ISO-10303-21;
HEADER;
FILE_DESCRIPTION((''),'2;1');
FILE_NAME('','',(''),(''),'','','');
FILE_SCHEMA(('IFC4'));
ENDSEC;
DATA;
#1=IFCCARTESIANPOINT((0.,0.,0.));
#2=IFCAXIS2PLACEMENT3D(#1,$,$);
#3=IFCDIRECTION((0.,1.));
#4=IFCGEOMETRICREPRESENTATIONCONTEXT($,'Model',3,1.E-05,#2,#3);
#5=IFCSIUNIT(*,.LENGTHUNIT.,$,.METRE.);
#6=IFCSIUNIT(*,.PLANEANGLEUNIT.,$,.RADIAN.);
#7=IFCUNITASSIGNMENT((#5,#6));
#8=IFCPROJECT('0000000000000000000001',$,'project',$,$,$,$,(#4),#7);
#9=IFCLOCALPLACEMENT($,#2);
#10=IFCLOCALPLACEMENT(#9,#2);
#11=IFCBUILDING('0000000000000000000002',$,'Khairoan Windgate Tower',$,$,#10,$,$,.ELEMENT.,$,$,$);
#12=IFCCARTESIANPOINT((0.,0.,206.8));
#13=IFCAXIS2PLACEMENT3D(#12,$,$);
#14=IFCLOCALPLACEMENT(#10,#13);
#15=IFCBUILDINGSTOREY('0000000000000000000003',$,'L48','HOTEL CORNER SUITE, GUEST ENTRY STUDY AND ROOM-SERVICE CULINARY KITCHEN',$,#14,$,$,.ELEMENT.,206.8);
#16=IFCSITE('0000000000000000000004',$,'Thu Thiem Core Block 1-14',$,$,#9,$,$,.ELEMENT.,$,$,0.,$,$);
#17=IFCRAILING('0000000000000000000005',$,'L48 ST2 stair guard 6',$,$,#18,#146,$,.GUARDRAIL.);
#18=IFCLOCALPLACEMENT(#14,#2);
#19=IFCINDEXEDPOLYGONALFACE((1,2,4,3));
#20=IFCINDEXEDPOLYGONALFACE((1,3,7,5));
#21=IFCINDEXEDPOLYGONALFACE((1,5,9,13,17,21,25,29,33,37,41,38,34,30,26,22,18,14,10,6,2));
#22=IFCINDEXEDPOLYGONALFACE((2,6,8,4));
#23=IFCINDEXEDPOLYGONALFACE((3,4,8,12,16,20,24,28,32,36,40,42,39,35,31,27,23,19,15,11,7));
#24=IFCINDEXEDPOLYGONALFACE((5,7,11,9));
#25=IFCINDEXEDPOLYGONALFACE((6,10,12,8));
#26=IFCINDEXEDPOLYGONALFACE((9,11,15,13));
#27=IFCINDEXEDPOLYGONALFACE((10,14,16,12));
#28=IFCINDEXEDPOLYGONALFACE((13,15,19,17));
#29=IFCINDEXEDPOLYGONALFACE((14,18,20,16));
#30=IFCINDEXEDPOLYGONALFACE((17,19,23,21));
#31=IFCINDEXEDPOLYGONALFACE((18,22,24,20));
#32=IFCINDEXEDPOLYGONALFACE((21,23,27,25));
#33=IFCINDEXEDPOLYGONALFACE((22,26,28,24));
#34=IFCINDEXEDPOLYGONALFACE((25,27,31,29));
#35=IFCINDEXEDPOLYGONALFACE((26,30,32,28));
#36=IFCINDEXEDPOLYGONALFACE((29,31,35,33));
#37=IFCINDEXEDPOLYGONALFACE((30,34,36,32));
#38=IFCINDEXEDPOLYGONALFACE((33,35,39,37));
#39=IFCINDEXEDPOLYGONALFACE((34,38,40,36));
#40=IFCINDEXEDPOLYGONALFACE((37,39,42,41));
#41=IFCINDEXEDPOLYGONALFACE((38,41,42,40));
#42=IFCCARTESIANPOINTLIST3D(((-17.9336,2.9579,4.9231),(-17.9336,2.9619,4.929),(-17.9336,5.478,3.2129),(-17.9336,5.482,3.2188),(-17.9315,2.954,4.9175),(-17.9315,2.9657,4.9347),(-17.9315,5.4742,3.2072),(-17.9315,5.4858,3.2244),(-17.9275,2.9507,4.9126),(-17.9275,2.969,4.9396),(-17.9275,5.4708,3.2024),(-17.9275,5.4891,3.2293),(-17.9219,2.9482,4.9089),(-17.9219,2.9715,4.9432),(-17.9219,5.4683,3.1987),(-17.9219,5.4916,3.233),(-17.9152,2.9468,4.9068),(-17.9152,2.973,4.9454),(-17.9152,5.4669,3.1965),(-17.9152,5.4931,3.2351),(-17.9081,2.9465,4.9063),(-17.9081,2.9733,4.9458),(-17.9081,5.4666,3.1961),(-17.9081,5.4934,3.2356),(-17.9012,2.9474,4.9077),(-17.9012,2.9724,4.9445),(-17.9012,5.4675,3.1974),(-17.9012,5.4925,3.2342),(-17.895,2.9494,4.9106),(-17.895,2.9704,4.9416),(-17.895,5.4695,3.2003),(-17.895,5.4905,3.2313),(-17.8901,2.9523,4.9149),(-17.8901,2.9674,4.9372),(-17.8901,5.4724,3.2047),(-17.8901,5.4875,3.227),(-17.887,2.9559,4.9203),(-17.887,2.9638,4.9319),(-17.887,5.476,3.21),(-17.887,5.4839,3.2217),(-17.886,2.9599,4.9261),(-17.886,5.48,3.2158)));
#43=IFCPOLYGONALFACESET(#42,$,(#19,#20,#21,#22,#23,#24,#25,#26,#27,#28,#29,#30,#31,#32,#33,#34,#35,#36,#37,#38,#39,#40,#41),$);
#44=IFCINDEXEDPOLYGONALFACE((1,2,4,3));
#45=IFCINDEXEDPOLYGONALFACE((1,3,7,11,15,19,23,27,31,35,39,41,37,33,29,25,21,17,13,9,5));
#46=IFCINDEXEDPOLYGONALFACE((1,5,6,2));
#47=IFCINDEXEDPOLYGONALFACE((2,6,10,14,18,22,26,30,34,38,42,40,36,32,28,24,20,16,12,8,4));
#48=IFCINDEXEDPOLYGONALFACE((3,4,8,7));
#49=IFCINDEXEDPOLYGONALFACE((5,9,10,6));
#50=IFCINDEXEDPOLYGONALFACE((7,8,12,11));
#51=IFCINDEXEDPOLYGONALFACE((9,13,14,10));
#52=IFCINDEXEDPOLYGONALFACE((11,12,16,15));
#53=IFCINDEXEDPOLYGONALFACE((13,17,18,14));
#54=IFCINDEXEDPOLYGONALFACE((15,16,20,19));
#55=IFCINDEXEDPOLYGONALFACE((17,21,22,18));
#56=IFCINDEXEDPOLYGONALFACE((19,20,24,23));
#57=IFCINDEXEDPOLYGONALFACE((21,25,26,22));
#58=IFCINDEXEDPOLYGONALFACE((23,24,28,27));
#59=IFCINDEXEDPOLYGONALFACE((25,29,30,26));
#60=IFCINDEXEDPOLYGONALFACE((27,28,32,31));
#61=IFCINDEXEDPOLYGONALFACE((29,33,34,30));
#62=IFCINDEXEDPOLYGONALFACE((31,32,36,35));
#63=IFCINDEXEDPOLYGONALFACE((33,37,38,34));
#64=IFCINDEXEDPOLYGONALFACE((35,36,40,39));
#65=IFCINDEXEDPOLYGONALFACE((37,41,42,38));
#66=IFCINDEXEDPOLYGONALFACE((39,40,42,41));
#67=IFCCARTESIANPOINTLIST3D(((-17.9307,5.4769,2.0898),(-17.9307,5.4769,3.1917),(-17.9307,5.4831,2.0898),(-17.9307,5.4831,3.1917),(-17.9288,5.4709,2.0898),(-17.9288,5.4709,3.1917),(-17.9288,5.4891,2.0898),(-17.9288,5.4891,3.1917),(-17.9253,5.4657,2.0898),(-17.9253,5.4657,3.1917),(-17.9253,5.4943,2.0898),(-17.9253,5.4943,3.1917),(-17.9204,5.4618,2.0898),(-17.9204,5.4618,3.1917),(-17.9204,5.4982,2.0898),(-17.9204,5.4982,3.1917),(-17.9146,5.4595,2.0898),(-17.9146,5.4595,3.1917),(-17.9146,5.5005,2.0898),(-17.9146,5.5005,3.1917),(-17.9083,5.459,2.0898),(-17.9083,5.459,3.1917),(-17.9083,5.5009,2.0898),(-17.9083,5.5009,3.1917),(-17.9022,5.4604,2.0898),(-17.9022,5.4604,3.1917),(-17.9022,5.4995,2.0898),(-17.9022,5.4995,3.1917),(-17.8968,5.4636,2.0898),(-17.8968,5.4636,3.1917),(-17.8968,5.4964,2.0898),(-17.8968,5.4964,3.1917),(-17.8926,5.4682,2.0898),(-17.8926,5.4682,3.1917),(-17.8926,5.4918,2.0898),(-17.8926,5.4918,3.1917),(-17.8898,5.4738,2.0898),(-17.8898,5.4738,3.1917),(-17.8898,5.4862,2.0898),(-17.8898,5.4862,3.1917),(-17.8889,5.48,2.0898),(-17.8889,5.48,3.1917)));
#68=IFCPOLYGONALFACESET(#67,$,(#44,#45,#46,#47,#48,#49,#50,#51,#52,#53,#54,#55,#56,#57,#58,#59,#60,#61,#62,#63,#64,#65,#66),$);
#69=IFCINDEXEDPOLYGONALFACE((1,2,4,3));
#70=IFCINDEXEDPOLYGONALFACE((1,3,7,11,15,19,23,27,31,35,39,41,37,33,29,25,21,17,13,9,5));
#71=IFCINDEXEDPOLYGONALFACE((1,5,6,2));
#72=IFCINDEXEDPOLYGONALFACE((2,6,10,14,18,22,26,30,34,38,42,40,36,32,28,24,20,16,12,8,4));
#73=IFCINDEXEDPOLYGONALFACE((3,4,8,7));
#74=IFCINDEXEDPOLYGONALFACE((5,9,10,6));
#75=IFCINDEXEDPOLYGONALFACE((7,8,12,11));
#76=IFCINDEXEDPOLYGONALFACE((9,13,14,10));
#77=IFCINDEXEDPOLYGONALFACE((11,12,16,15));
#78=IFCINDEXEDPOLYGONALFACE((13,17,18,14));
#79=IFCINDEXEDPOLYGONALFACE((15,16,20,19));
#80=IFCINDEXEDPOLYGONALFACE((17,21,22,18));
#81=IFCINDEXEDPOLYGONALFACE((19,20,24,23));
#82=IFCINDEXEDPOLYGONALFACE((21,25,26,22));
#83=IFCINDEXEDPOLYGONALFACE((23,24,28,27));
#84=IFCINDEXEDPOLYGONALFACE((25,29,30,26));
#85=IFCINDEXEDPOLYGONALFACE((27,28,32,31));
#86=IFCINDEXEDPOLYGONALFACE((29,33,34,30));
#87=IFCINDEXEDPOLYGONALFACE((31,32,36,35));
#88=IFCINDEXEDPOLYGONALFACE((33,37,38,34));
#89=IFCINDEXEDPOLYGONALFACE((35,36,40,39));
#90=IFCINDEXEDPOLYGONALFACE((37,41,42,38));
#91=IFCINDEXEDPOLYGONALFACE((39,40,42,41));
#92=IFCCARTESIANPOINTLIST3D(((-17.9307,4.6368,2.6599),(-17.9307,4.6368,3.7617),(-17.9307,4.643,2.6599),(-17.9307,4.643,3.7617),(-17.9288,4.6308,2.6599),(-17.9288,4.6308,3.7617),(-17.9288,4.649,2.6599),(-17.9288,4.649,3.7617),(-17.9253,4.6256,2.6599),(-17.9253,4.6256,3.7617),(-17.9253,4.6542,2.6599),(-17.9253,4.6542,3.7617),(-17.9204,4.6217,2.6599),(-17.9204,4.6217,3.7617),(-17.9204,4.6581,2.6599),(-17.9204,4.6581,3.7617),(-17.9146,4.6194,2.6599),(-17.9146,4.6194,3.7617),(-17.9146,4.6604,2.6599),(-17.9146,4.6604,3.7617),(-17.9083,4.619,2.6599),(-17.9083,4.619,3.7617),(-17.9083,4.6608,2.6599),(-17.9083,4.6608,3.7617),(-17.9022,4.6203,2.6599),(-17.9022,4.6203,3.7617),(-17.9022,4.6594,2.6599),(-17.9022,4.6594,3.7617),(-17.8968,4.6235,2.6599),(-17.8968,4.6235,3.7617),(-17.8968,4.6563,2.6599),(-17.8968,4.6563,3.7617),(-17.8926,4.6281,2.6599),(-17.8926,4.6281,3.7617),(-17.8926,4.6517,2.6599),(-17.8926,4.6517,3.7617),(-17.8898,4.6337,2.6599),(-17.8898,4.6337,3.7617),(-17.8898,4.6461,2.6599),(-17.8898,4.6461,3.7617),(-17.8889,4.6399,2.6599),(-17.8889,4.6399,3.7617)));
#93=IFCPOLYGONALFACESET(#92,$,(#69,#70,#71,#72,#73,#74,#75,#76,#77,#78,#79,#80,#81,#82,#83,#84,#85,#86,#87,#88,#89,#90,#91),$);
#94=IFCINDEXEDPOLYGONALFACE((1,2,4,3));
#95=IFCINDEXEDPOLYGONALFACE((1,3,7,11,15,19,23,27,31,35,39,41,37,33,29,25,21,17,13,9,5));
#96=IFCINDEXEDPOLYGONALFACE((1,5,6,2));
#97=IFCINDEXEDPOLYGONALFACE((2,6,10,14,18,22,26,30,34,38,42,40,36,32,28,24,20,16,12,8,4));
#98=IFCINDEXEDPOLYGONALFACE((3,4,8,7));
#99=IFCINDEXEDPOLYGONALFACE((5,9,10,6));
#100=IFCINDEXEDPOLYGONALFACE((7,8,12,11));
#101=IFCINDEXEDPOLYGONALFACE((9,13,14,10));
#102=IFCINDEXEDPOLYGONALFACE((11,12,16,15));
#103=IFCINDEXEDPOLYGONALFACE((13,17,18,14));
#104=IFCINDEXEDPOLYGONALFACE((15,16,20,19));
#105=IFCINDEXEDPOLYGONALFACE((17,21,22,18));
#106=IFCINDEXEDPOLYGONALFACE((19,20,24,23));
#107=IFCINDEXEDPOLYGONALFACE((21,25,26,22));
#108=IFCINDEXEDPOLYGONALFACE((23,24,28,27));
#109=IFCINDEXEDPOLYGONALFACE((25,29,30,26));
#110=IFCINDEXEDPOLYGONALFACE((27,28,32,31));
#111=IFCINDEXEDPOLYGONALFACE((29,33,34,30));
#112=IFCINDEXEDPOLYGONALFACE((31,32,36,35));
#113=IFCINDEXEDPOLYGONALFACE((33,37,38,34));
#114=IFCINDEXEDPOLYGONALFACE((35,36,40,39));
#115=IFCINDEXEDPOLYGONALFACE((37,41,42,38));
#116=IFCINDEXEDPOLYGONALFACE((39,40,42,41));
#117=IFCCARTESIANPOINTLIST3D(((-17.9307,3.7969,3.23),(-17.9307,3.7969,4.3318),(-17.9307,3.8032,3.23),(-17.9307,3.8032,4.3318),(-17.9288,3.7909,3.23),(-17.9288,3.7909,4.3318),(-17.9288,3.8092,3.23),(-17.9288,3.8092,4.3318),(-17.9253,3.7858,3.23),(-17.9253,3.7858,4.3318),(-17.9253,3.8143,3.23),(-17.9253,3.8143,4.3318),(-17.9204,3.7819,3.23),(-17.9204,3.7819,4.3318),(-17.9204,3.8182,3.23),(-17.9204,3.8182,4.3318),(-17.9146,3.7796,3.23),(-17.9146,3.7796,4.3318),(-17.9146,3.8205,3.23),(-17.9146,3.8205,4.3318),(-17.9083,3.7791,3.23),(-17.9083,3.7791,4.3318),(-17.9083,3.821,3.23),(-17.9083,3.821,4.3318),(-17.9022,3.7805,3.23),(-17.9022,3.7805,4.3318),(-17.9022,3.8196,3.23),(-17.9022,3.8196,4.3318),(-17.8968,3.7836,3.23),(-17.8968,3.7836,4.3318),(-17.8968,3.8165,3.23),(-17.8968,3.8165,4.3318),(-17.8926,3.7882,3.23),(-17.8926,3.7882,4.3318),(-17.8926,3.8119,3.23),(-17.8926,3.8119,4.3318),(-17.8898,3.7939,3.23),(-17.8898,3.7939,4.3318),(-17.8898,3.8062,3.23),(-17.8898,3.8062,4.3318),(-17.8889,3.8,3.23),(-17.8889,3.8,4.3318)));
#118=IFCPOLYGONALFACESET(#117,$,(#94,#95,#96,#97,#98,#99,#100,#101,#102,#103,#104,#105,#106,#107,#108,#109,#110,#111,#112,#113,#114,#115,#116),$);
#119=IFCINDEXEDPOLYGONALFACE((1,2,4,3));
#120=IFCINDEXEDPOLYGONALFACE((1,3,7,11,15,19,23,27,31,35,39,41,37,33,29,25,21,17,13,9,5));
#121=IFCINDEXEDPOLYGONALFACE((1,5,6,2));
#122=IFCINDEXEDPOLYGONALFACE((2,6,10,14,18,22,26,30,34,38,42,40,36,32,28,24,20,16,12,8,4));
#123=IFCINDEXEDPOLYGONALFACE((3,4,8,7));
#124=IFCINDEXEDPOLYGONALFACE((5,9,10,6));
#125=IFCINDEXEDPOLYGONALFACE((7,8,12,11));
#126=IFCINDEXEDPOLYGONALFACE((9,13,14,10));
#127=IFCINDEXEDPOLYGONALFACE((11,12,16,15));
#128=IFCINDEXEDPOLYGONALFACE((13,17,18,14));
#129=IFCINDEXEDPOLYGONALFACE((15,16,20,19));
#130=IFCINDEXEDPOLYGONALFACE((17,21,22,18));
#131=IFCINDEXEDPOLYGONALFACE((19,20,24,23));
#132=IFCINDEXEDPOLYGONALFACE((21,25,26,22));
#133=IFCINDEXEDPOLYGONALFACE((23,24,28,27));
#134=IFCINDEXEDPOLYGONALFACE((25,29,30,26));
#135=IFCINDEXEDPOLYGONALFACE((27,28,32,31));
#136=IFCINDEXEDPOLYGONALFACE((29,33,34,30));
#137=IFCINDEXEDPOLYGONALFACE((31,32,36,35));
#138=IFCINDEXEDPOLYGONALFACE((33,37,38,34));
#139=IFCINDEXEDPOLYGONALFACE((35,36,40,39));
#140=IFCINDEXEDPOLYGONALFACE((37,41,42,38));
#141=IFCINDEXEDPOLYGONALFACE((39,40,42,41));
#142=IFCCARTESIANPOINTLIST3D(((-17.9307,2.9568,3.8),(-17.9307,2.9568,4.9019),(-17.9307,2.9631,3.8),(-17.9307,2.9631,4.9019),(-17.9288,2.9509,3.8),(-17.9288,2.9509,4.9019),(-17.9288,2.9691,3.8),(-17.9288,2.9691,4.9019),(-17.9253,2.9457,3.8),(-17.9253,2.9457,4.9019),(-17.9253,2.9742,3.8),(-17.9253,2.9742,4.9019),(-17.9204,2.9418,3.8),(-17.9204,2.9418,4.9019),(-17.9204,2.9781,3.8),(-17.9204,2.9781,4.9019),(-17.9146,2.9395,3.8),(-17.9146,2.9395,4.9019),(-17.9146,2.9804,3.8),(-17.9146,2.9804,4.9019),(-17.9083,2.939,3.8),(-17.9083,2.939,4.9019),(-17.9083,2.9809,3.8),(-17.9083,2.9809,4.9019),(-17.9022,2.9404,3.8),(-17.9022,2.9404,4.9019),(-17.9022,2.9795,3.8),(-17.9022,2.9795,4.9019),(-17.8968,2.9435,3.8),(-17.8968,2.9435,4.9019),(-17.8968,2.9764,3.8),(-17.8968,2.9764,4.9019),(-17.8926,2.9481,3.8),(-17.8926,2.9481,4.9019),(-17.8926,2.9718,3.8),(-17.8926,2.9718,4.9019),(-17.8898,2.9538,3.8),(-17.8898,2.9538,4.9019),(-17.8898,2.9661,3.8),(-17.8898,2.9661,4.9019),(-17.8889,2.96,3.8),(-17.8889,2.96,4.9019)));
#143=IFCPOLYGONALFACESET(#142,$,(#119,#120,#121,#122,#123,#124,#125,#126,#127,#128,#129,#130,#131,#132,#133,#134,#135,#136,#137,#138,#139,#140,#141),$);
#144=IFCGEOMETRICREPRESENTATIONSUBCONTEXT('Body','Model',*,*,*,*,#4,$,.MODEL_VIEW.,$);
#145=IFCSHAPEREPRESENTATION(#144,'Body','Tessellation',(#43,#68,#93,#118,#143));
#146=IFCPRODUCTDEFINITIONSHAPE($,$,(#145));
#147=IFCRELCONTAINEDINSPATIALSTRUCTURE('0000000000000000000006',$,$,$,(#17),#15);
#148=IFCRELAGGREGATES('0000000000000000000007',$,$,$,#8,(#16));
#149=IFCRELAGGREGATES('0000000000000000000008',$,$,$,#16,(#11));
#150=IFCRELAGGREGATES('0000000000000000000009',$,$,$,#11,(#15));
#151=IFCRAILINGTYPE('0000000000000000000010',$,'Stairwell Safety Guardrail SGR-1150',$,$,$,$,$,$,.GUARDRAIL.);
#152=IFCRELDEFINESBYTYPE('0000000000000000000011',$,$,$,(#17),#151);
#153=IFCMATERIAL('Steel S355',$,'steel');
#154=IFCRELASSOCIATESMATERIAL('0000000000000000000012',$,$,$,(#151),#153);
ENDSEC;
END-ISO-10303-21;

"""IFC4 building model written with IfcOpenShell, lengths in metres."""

from ifc_helpers import new_model, si_unit, direction, frame, origin, origin_2d, place, context, subcontext, project, spatial, circle, extrude, material, type_object, element, save


model = new_model("IFC4")

# Units and contexts
model_context = context("Model", 3, precision=1e-05, world=origin(), true_north=direction((0.0, 1.0)))
body_context = subcontext(model_context, "Body", "Model", "MODEL_VIEW")
ifc_project = project(units=[si_unit("LENGTHUNIT", "METRE"), si_unit("PLANEANGLEUNIT", "RADIAN")], contexts=[model_context])

# Site, building, storey
site_placement = place(None, origin())
site = spatial("IfcSite", under=ifc_project, at=site_placement, Name="Thu Thiem Core Block 1-14", CompositionType="ELEMENT", RefElevation=0.0)
building_placement = place(site_placement, origin())
building = spatial("IfcBuilding", under=site, at=building_placement, Name="Khairoan Windgate Tower", CompositionType="ELEMENT")
storey_placement = place(building_placement, frame((0.0, 0.0, 206.8)))
storey = spatial("IfcBuildingStorey", under=building, at=storey_placement, Name="L48", Description="HOTEL CORNER SUITE, GUEST ENTRY STUDY AND ROOM-SERVICE CULINARY KITCHEN", CompositionType="ELEMENT", Elevation=206.8)

# Railing
ifc_material_1 = material(Name="Steel S355", Category="steel")
railing_type_1 = type_object("IfcRailingType", Name="Stairwell Safety Guardrail SGR-1150", PredefinedType="GUARDRAIL", material=ifc_material_1)
railing_1_placement = place(storey_placement, frame((-17.9099, 5.48, 2.0898)))
element("IfcRailing", 1, at=railing_1_placement, inside=storey, type_object=railing_type_1, Name="L48 ST2 stair guard 6", PredefinedType="GUARDRAIL", context=body_context, shape_type="SweptSolid", body=[
    extrude(circle(Radius=0.0239, at=origin_2d()), frame((0.0, 0.0, 1.126), z_axis=(0.0, -0.827447, 0.561545), x_axis=(1.0, 0.0, 0.0)), (0.0, 0.0, 1.0), 3.0457),
    extrude(circle(Radius=0.021, at=origin_2d()), origin(), (0.0, 0.0, 1.0), 1.1018),
    extrude(circle(Radius=0.021, at=origin_2d()), frame((0.0, -0.8401, 0.5701)), (0.0, 0.0, 1.0), 1.1018),
    extrude(circle(Radius=0.021, at=origin_2d()), frame((0.0, -1.6799, 1.1401)), (0.0, 0.0, 1.0), 1.1018),
    extrude(circle(Radius=0.021, at=origin_2d()), frame((0.0, -2.52, 1.7102)), (0.0, 0.0, 1.0), 1.1018),
])

save(model, "model.ifc")
